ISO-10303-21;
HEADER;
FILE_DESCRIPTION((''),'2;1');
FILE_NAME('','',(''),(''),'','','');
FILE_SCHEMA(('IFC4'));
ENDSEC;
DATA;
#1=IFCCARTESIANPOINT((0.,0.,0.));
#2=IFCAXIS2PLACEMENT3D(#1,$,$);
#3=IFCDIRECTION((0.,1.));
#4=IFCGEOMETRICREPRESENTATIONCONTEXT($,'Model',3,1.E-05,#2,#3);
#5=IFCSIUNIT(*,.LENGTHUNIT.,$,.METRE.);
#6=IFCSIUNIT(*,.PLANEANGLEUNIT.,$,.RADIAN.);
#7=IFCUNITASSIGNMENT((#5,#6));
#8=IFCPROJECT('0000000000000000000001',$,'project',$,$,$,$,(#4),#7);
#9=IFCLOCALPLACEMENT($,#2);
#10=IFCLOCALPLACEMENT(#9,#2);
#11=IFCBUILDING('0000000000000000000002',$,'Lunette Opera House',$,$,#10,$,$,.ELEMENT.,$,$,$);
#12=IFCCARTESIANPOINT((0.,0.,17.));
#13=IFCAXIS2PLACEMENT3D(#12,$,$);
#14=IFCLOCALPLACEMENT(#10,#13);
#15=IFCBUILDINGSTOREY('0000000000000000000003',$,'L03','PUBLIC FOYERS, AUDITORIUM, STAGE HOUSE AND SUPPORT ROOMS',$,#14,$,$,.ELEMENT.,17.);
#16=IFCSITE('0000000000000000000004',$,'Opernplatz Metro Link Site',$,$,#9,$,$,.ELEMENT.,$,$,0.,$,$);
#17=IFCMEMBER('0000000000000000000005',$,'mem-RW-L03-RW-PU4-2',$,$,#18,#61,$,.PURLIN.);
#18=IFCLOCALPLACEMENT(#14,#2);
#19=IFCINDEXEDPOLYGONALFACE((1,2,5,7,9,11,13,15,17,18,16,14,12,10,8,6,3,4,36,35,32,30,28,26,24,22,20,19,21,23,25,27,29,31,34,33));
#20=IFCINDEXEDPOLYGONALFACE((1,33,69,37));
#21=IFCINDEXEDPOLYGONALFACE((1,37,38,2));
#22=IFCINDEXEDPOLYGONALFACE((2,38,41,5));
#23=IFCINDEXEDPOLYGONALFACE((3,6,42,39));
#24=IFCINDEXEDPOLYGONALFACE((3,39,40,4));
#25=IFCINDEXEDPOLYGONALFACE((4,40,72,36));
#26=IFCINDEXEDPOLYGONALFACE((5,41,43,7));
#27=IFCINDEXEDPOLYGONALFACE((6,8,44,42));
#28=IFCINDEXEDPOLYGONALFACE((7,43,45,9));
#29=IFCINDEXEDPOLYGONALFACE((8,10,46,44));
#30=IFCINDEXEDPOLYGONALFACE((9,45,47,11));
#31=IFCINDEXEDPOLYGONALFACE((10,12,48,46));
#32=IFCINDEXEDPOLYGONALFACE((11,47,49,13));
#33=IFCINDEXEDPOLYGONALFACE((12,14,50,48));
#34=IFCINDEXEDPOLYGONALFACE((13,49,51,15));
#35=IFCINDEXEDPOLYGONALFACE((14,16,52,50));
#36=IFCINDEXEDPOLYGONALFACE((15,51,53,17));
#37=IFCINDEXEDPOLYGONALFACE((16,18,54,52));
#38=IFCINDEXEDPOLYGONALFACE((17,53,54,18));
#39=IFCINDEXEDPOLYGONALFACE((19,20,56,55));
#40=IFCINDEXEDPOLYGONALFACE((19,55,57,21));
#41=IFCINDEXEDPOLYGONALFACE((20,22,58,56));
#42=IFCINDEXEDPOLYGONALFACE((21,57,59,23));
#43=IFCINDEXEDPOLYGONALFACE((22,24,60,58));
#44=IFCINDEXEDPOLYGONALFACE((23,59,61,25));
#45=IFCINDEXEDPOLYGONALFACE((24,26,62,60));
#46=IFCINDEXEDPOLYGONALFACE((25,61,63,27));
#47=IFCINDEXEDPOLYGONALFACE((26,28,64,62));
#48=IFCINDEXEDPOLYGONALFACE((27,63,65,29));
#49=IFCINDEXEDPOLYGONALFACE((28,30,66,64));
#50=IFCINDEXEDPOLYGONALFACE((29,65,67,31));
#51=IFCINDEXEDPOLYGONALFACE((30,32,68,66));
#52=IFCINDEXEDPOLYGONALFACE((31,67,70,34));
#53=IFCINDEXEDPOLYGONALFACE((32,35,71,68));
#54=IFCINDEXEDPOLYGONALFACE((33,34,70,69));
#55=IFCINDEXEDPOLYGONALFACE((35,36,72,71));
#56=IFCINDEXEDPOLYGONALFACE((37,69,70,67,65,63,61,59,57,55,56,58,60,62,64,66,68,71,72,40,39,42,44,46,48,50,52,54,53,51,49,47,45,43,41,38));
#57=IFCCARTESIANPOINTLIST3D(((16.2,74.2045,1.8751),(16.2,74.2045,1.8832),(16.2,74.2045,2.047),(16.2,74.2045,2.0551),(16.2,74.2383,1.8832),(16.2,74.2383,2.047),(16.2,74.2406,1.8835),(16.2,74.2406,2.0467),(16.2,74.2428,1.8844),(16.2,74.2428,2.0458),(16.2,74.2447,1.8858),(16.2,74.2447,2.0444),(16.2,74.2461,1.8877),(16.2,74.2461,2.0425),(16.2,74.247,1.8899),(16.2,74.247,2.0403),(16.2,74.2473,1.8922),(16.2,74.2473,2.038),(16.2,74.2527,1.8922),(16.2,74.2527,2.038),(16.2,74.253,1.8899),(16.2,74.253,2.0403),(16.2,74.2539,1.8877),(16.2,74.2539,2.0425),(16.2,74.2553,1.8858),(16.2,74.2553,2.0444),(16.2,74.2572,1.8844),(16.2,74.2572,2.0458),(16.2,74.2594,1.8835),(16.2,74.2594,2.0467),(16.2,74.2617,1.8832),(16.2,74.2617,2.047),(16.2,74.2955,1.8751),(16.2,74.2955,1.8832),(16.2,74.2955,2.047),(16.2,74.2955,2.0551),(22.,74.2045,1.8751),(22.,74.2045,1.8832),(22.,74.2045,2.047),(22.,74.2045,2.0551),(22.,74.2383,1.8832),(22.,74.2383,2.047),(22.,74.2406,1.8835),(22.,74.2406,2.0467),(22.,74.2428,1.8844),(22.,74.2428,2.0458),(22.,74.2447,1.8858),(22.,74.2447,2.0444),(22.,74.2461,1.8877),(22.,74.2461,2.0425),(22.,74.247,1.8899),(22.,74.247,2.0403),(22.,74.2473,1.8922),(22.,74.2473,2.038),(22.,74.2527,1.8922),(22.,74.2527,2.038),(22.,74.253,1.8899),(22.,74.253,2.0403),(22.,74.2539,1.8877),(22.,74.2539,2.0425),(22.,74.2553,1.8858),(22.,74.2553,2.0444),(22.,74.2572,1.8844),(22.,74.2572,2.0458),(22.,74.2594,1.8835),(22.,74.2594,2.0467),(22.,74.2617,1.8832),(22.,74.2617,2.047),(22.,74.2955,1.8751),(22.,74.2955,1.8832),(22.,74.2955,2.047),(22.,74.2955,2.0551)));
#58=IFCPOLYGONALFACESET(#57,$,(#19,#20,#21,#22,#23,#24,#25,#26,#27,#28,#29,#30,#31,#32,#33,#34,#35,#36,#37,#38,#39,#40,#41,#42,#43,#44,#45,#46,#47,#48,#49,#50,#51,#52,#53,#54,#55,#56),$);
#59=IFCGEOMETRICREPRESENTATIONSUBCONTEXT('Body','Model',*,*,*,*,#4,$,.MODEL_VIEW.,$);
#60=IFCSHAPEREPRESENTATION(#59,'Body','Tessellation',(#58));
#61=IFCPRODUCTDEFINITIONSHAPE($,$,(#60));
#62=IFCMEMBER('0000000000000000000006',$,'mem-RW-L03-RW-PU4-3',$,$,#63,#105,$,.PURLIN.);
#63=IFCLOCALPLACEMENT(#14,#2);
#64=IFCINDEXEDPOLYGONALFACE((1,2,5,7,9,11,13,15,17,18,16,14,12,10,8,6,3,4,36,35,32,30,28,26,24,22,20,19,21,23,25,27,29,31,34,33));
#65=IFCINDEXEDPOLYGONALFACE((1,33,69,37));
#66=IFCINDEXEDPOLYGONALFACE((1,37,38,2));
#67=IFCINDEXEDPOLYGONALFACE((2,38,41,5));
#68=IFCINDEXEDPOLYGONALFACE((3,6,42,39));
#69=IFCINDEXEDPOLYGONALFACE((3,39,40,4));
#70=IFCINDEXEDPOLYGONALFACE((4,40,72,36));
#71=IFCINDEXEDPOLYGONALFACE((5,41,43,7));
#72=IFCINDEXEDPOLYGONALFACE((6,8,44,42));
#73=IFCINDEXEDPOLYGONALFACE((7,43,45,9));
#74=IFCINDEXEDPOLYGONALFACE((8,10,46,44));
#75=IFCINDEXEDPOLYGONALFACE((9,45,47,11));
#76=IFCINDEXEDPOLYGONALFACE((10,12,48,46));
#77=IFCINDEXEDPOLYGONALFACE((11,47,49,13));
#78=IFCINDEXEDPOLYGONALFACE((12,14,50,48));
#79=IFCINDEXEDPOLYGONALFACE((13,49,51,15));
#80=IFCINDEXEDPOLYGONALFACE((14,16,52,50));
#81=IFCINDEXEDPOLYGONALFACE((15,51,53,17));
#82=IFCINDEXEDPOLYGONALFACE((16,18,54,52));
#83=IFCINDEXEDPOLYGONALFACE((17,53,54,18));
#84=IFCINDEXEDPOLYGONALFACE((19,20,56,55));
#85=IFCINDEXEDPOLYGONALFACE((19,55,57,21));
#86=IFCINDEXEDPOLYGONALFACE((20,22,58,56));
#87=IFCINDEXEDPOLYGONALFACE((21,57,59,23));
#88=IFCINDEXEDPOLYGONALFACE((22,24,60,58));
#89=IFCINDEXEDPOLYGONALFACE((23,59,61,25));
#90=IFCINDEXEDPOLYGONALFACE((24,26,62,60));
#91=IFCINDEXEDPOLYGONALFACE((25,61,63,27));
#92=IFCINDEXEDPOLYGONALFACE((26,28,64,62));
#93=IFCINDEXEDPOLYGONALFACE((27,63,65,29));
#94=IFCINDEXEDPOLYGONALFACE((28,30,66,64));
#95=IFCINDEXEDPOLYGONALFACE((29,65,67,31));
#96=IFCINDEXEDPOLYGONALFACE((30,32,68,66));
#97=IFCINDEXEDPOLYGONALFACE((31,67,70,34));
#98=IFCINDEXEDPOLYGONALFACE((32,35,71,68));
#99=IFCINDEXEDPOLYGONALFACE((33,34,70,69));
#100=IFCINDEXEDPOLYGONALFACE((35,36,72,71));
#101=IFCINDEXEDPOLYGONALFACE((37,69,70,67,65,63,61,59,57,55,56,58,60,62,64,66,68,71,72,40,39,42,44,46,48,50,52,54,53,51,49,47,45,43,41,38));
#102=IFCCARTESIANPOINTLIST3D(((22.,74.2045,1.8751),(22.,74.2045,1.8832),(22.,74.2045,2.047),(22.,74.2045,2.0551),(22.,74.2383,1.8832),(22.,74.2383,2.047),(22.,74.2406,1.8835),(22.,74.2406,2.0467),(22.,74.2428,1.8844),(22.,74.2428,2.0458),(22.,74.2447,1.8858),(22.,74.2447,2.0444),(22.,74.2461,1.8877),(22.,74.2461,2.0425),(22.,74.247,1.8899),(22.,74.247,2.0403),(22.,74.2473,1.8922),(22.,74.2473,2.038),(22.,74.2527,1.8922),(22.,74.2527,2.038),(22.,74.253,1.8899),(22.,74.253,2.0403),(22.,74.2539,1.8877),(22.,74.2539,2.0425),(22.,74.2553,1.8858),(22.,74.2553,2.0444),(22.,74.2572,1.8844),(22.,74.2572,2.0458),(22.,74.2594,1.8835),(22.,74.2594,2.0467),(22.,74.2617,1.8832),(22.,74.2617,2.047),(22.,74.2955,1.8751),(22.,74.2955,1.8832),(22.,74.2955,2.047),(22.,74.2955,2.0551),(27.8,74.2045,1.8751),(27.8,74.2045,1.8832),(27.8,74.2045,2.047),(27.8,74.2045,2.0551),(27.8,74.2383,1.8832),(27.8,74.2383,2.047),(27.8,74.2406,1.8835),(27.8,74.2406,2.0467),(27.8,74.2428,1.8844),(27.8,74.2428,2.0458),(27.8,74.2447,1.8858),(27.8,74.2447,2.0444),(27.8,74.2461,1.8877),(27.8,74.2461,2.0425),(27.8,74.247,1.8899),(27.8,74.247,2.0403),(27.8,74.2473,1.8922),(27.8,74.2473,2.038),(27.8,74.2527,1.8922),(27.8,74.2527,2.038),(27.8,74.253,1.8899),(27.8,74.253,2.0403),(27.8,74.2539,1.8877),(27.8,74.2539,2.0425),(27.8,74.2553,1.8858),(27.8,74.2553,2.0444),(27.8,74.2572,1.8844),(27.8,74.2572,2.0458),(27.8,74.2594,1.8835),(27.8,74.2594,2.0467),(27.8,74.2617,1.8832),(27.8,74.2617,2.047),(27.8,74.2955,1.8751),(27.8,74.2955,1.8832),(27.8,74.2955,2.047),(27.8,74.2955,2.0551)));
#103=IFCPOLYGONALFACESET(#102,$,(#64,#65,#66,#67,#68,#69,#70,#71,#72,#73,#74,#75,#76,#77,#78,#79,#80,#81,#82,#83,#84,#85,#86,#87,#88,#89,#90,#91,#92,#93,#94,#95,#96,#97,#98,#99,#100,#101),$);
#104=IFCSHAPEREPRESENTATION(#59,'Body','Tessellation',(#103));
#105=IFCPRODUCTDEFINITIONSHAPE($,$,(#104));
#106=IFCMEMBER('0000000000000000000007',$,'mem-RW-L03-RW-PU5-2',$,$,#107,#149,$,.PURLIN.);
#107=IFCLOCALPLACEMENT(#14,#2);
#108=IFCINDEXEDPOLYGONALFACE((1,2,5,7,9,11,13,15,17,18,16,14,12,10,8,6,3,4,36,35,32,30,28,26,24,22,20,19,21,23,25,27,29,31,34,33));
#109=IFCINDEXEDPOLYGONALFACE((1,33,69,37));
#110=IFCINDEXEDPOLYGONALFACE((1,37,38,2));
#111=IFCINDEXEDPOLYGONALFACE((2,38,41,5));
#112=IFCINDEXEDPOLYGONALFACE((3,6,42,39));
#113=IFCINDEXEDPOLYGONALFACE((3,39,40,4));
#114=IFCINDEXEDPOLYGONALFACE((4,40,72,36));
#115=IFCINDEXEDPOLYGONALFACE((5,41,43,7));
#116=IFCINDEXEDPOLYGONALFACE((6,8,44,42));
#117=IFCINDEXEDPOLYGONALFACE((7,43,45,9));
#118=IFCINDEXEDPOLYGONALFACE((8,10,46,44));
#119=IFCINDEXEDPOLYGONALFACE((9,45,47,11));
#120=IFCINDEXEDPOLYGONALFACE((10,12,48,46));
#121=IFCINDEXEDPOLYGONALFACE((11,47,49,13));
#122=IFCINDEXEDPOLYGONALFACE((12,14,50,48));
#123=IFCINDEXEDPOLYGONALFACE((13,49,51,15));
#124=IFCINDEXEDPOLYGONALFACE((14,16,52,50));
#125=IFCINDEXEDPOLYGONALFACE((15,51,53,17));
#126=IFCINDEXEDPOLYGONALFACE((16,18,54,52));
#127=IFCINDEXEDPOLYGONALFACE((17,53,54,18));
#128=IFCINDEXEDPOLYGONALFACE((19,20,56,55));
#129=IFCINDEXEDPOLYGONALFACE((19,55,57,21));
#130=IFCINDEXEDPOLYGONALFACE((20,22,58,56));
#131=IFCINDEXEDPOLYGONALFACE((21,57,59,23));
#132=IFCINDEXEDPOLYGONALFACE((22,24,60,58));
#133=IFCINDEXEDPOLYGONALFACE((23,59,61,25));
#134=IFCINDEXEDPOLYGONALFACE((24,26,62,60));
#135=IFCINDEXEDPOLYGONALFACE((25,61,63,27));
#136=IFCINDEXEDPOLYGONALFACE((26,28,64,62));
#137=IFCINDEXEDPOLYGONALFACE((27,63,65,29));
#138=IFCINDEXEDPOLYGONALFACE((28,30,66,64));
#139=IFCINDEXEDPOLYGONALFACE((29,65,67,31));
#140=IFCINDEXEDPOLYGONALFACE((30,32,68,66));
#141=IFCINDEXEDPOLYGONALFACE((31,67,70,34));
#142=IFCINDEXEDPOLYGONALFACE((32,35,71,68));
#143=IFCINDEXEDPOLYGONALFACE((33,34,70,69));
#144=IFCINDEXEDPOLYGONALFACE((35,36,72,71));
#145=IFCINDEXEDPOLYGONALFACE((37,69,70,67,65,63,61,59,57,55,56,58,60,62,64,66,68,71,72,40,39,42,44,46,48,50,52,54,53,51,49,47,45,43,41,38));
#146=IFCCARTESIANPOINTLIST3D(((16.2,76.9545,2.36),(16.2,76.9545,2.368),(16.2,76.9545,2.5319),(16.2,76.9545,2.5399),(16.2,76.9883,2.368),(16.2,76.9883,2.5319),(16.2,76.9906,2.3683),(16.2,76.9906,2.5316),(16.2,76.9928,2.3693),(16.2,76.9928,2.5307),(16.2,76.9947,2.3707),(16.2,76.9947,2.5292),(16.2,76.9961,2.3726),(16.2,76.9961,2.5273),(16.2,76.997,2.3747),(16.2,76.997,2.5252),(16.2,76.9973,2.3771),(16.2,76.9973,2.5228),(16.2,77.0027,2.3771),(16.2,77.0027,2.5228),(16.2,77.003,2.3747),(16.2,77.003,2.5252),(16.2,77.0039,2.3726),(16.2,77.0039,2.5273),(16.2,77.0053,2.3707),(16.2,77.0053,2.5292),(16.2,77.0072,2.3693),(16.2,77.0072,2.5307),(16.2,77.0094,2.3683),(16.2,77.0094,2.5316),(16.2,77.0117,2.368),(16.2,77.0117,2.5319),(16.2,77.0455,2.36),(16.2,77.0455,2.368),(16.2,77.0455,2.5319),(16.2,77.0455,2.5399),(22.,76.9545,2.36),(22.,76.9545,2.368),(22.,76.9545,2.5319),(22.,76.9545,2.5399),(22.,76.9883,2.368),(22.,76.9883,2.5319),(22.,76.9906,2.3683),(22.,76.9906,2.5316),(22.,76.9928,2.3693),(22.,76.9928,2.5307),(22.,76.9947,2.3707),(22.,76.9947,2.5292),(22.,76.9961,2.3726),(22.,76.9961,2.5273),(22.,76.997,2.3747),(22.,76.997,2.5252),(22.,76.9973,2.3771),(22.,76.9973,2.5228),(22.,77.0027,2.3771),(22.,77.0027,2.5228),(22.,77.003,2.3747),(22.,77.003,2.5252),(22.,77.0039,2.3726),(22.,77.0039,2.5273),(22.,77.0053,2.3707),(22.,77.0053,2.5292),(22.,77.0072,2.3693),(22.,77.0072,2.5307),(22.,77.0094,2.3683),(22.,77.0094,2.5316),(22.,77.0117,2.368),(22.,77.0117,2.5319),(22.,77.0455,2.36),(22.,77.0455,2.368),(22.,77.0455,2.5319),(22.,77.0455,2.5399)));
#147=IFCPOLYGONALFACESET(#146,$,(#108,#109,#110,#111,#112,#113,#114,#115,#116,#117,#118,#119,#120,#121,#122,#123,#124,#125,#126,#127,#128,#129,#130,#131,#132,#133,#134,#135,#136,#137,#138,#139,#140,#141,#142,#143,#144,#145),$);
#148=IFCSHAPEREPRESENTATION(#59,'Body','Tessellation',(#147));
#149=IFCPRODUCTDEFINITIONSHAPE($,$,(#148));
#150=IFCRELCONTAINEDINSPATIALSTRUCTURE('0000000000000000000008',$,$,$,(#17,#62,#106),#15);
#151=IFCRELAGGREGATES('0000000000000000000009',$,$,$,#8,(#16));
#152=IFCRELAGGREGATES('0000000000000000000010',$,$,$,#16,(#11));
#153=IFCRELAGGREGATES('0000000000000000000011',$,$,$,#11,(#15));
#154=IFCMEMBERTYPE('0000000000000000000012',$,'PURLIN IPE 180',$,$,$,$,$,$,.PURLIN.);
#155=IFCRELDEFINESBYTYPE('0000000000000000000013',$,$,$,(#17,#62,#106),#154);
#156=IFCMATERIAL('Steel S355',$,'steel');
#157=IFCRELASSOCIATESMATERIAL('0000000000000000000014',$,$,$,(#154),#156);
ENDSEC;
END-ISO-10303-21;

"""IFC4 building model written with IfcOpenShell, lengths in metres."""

from ifc_helpers import new_model, si_unit, direction, frame, origin, origin_2d, place, context, subcontext, project, spatial, i_section, extrude, material, material_profile, profile_set, type_object, element, save


model = new_model("IFC4")

# Units and contexts
model_context = context("Model", 3, precision=1e-05, world=origin(), true_north=direction((0.0, 1.0)))
body_context = subcontext(model_context, "Body", "Model", "MODEL_VIEW")
ifc_project = project(units=[si_unit("LENGTHUNIT", "METRE"), si_unit("PLANEANGLEUNIT", "RADIAN")], contexts=[model_context])

# Site, building, storey
site_placement = place(None, origin())
site = spatial("IfcSite", under=ifc_project, at=site_placement, Name="Opernplatz Metro Link Site", CompositionType="ELEMENT", RefElevation=0.0)
building_placement = place(site_placement, origin())
building = spatial("IfcBuilding", under=site, at=building_placement, Name="Lunette Opera House", CompositionType="ELEMENT")
storey_placement = place(building_placement, frame((0.0, 0.0, 17.0)))
storey = spatial("IfcBuildingStorey", under=building, at=storey_placement, Name="L03", Description="PUBLIC FOYERS, AUDITORIUM, STAGE HOUSE AND SUPPORT ROOMS", CompositionType="ELEMENT", Elevation=17.0)

# Members
ifc_material_1 = material(Name="Steel S355", Category="steel")
ifc_material_profile_1 = material_profile(ifc_material_1, i_section(OverallWidth=0.0911, OverallDepth=0.1799, WebThickness=0.0054, FlangeThickness=0.0081, FilletRadius=0.009, at=origin_2d()), Name="IPE 180")
ifc_profile_set_1 = profile_set([ifc_material_profile_1], Name="Steel S355")
member_type_1 = type_object("IfcMemberType", Name="PURLIN IPE 180", PredefinedType="PURLIN", material=ifc_profile_set_1)
for number, where, z_axis, x_axis, name in (
    (1, (16.2, 74.25, 1.9651), (1.0, 0.0, 0.0), (0.0, 1.0, 0.0), "mem-RW-L03-RW-PU4-2"),
    (2, (22.0, 74.25, 1.9651), (1.0, 0.0, 0.0), (0.0, 1.0, 0.0), "mem-RW-L03-RW-PU4-3"),
    (3, (16.2, 77.0, 2.45), (1.0, 0.0, 0.0), (0.0, 1.0, 0.0), "mem-RW-L03-RW-PU5-2"),
):
    element("IfcMember", number, at=place(storey_placement, frame(where, z_axis=z_axis, x_axis=x_axis)), inside=storey, type_object=member_type_1, Name=name, PredefinedType="PURLIN", context=body_context, shape_type="SweptSolid", body=[
        extrude(i_section(OverallWidth=0.0911, OverallDepth=0.1799, WebThickness=0.0054, FlangeThickness=0.0081, FilletRadius=0.009, at=origin_2d()), origin(), (0.0, 0.0, 1.0), 5.8),
    ])

save(model, "model.ifc")
